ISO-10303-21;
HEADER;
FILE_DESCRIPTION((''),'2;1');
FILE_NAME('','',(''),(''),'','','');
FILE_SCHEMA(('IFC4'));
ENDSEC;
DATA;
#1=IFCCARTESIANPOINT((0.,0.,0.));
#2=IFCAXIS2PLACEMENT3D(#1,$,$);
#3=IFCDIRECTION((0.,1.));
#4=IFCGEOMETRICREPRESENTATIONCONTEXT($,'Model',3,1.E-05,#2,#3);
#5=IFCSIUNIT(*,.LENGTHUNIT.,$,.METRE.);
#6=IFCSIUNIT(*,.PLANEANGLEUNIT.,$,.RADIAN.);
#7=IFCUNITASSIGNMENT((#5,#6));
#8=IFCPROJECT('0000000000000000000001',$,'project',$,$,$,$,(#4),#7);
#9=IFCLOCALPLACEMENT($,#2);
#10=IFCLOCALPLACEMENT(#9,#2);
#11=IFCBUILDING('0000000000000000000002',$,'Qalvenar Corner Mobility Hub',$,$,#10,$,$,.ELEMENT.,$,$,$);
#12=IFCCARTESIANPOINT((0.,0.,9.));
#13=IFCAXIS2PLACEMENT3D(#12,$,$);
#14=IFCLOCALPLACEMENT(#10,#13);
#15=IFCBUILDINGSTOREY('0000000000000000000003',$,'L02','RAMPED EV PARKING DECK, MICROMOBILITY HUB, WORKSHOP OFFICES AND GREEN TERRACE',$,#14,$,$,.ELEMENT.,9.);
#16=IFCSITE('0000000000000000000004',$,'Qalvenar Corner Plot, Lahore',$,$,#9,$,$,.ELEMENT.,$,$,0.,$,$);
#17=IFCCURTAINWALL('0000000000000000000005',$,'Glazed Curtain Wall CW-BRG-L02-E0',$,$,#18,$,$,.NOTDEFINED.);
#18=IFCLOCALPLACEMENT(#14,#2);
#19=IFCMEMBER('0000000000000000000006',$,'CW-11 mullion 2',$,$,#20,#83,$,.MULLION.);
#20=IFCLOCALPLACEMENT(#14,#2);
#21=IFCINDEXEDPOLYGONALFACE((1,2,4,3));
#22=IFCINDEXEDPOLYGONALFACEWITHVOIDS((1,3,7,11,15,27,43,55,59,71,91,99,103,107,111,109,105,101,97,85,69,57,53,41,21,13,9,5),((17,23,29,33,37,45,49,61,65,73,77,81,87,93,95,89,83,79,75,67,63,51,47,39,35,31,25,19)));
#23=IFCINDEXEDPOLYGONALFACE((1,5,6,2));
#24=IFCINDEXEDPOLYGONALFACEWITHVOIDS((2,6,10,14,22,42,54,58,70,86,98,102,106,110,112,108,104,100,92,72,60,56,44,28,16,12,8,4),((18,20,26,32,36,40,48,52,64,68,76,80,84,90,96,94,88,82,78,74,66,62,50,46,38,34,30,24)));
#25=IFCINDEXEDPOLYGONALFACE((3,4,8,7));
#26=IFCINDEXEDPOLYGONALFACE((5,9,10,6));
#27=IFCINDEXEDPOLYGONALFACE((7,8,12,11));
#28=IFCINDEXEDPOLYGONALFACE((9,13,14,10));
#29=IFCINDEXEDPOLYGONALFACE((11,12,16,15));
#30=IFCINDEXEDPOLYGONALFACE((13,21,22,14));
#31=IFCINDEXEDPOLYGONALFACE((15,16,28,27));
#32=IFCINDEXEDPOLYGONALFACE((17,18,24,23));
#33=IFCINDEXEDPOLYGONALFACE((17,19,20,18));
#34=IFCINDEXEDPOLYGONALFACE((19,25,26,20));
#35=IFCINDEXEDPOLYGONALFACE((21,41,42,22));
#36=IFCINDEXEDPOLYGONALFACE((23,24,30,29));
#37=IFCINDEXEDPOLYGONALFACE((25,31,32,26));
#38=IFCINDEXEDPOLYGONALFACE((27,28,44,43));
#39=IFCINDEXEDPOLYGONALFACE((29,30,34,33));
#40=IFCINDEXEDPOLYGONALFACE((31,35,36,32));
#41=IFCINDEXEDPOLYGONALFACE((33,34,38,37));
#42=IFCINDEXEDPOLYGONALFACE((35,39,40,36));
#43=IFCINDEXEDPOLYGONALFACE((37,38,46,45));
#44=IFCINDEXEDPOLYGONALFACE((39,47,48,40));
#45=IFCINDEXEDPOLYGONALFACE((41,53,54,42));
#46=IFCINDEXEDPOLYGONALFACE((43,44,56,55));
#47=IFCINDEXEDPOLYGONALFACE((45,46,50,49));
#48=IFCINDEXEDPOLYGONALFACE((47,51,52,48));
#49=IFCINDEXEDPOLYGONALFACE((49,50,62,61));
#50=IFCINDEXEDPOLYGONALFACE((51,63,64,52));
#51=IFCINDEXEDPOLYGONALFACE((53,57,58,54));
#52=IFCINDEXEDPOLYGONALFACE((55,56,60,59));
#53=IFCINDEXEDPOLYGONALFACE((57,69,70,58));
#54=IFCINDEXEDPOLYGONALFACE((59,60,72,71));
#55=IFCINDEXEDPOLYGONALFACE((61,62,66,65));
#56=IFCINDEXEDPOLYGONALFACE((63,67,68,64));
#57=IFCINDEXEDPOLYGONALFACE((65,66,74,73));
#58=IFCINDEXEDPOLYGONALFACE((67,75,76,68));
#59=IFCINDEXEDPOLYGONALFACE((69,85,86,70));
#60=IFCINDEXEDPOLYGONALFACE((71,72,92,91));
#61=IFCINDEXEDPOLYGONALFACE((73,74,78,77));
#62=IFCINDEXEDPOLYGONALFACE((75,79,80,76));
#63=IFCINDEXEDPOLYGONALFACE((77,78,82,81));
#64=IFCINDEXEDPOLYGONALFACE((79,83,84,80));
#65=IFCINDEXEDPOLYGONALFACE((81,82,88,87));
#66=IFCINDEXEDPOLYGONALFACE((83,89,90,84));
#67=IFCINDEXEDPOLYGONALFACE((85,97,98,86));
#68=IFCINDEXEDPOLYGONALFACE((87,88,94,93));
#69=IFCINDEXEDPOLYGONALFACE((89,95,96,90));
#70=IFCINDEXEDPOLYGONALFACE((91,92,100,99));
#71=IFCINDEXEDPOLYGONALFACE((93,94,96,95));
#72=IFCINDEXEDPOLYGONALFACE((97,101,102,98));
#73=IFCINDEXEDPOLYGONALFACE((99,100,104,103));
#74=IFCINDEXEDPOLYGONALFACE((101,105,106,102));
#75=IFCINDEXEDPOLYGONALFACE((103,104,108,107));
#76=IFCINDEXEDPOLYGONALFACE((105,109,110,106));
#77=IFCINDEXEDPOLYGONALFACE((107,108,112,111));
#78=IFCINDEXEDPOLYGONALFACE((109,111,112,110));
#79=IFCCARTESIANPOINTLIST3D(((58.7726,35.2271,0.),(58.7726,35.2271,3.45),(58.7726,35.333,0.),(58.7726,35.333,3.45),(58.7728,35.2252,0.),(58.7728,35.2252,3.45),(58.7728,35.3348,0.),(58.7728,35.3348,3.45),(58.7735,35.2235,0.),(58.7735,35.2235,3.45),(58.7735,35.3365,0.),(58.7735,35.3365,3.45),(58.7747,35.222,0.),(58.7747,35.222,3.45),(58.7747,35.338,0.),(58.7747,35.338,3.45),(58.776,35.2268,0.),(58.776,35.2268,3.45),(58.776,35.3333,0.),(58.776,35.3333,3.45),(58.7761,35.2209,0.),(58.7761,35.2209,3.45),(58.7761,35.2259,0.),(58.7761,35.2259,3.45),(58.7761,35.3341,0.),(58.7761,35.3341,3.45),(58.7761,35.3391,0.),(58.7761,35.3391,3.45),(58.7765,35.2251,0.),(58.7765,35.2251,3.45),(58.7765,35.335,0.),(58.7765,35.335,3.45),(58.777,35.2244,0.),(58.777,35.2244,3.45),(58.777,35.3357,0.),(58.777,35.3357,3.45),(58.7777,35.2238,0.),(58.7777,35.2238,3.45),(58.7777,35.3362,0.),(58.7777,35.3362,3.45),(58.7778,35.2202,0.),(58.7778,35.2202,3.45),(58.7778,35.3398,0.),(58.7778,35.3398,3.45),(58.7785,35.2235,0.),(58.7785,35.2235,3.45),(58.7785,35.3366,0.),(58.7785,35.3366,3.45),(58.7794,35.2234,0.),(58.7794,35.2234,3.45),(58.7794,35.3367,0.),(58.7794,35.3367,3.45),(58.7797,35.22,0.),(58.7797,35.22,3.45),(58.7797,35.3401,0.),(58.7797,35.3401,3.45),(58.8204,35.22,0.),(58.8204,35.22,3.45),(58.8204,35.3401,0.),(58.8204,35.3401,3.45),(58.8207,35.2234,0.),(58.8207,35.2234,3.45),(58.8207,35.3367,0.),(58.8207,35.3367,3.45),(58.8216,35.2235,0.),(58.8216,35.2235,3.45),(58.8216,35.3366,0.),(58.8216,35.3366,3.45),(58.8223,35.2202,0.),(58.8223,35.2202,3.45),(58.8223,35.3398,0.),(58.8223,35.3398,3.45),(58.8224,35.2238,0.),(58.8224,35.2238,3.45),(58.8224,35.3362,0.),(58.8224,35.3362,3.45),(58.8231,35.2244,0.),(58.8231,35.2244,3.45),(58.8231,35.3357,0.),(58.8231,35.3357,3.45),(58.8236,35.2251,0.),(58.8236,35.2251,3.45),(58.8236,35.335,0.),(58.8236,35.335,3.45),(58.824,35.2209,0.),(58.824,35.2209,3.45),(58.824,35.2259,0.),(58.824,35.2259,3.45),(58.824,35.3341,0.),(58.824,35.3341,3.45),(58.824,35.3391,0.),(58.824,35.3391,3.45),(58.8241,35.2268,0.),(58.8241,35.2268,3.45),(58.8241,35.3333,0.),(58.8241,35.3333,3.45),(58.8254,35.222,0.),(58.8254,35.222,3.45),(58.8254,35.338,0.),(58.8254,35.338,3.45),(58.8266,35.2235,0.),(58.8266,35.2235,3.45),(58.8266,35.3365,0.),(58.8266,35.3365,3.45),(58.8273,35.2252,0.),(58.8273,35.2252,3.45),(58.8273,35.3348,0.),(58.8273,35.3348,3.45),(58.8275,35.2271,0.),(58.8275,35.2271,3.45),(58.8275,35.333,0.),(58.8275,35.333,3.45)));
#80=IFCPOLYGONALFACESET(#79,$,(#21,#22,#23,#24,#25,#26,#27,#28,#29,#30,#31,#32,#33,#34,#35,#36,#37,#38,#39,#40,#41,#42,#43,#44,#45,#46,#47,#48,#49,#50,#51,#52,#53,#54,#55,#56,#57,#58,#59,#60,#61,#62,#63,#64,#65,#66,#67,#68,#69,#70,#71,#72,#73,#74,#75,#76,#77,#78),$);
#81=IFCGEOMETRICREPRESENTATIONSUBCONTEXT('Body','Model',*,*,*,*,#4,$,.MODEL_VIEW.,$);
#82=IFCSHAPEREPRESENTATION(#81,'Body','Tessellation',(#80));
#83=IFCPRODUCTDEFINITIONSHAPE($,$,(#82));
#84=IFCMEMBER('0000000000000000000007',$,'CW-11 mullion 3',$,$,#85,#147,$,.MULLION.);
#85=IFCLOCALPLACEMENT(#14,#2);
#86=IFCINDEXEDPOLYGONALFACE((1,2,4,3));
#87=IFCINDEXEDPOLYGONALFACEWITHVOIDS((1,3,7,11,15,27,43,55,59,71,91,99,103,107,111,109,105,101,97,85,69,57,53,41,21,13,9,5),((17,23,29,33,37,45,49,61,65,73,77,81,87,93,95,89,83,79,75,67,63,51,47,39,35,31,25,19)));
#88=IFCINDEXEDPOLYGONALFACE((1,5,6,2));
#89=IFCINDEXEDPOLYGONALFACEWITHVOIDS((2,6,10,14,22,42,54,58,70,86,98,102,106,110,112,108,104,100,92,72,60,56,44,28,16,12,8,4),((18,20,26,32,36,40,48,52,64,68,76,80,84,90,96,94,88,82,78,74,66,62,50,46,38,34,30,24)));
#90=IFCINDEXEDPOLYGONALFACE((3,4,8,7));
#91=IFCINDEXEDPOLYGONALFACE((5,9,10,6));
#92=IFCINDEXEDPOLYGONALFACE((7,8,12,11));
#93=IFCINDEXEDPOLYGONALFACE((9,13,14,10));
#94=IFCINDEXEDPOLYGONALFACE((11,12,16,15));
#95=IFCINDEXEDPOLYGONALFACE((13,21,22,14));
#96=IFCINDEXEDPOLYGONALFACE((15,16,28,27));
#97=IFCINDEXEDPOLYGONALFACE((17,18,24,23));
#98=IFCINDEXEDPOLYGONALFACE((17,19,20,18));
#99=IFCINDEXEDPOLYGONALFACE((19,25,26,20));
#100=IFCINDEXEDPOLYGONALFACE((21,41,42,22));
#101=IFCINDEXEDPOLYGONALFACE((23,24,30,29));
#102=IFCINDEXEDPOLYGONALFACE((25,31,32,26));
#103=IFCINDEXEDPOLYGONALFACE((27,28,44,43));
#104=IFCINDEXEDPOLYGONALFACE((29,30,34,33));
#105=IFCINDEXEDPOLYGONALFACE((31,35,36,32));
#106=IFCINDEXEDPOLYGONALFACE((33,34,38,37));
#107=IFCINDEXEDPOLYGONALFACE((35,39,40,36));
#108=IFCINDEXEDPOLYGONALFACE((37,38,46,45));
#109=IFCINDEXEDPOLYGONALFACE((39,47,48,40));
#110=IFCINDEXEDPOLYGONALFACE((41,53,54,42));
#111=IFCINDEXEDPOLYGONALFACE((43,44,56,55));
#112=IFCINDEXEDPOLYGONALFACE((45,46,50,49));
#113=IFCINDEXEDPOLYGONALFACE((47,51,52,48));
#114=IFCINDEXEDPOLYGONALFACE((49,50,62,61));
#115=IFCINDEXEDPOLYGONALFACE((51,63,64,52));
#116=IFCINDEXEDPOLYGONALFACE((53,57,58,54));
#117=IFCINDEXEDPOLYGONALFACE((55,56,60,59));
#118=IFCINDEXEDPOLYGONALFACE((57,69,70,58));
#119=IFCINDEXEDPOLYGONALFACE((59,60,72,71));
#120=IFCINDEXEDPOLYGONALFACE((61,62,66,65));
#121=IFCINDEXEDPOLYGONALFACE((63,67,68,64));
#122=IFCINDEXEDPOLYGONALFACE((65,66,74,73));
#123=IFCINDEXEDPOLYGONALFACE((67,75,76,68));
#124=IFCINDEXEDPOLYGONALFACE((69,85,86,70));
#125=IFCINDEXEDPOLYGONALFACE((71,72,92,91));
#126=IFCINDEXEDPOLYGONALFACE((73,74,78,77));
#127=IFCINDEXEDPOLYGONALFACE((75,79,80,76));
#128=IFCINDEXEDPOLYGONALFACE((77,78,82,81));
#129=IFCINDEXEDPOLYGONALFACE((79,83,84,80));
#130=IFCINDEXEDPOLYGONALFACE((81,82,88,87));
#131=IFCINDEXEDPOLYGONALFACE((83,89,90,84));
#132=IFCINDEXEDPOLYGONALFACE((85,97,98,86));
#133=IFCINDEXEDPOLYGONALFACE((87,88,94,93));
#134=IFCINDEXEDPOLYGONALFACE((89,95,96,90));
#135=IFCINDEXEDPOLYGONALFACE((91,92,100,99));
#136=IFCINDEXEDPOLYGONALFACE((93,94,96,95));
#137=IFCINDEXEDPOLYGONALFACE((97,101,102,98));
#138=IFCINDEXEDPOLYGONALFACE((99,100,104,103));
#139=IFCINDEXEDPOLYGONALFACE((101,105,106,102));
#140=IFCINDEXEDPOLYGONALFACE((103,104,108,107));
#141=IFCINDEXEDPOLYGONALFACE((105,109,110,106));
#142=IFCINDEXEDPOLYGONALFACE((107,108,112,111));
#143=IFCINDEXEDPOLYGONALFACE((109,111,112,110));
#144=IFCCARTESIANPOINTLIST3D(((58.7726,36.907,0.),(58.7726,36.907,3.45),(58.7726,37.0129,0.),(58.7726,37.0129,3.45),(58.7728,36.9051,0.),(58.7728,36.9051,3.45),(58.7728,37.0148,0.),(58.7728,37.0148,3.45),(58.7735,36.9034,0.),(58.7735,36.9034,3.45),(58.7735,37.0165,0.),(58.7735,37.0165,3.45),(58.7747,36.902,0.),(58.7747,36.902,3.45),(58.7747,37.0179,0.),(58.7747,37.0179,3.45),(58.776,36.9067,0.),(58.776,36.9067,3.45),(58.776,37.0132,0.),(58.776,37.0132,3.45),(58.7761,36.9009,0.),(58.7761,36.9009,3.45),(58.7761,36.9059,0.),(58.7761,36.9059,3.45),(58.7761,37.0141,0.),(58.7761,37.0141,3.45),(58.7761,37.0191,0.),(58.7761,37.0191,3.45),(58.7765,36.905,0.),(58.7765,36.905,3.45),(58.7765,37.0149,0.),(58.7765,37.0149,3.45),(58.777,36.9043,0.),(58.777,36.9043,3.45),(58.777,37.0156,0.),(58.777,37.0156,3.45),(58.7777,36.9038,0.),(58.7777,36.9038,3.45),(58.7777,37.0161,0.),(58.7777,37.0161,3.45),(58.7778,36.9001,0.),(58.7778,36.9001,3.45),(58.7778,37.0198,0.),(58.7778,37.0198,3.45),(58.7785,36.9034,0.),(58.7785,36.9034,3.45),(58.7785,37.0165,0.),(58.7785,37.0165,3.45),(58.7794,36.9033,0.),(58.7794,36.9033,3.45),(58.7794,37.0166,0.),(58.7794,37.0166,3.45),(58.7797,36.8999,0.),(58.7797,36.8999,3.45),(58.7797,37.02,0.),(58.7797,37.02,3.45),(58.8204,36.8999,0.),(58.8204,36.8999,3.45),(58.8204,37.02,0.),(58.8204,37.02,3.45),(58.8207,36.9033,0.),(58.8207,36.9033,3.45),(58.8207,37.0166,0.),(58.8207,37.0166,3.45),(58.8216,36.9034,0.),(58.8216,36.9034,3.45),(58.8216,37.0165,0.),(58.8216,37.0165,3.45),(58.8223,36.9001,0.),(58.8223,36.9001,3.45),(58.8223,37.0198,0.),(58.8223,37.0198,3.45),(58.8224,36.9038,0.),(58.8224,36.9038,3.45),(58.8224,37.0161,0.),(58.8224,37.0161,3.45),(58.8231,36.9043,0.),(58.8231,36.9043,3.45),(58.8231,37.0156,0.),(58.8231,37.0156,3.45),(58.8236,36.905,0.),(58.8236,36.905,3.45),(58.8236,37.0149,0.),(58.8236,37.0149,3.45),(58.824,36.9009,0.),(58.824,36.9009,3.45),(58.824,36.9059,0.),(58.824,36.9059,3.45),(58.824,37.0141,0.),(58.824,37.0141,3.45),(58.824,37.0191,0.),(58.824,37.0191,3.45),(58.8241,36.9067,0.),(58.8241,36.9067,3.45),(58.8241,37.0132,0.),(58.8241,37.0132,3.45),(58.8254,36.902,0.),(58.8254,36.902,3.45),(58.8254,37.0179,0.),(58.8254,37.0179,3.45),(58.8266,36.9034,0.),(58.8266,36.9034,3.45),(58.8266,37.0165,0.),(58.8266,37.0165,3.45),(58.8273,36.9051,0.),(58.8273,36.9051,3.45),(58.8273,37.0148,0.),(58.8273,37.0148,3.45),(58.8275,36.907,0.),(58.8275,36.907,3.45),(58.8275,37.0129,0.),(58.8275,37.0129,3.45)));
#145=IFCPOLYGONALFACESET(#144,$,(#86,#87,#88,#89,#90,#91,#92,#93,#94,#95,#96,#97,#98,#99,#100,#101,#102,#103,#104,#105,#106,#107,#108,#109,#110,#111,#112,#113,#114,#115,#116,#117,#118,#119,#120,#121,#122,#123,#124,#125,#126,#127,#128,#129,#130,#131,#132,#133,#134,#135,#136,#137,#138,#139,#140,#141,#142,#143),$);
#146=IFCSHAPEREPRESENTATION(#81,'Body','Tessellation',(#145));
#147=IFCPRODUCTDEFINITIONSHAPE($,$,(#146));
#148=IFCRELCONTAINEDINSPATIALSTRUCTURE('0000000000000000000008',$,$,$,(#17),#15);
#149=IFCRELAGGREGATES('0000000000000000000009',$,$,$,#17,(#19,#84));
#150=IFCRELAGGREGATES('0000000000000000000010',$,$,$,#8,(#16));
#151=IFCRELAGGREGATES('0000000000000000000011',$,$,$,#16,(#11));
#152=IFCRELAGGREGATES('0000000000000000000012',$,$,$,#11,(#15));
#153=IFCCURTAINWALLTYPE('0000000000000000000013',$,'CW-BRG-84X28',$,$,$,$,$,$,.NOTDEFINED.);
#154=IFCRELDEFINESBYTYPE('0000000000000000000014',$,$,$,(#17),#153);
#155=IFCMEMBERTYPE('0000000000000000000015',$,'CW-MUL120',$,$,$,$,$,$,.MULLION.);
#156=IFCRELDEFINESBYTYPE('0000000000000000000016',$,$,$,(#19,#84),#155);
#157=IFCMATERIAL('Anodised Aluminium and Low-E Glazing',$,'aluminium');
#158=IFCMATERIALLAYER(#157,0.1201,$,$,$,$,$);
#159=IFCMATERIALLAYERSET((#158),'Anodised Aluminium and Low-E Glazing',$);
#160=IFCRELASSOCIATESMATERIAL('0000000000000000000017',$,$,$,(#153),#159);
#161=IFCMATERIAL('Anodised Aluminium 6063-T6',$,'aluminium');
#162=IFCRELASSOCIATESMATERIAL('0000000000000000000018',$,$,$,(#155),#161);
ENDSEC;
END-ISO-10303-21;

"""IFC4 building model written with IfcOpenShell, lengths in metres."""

from ifc_helpers import new_model, si_unit, direction, frame, origin, origin_2d, place, context, subcontext, project, spatial, hollow_rectangle, extrude, material, layer, layer_set, material_profile, profile_set, type_object, element, aggregate, save


model = new_model("IFC4")

# Units and contexts
model_context = context("Model", 3, precision=1e-05, world=origin(), true_north=direction((0.0, 1.0)))
body_context = subcontext(model_context, "Body", "Model", "MODEL_VIEW")
ifc_project = project(units=[si_unit("LENGTHUNIT", "METRE"), si_unit("PLANEANGLEUNIT", "RADIAN")], contexts=[model_context])

# Site, building, storey
site_placement = place(None, origin())
site = spatial("IfcSite", under=ifc_project, at=site_placement, Name="Qalvenar Corner Plot, Lahore", CompositionType="ELEMENT", RefElevation=0.0)
building_placement = place(site_placement, origin())
building = spatial("IfcBuilding", under=site, at=building_placement, Name="Qalvenar Corner Mobility Hub", CompositionType="ELEMENT")
storey_placement = place(building_placement, frame((0.0, 0.0, 9.0)))
storey = spatial("IfcBuildingStorey", under=building, at=storey_placement, Name="L02", Description="RAMPED EV PARKING DECK, MICROMOBILITY HUB, WORKSHOP OFFICES AND GREEN TERRACE", CompositionType="ELEMENT", Elevation=9.0)

# Curtain wall, members
ifc_material_1 = material(Name="Anodised Aluminium and Low-E Glazing", Category="aluminium")
ifc_layer_1 = layer(ifc_material_1, 0.1201)
ifc_layer_set_1 = layer_set([ifc_layer_1], Name="Anodised Aluminium and Low-E Glazing")
curtain_wall_type = type_object("IfcCurtainWallType", Name="CW-BRG-84X28", PredefinedType="NOTDEFINED", material=ifc_layer_set_1)
curtain_wall_placement = place(storey_placement, origin())
curtain_wall = element("IfcCurtainWall", 1, at=curtain_wall_placement, inside=storey, type_object=curtain_wall_type, Name="Glazed Curtain Wall CW-BRG-L02-E0", PredefinedType="NOTDEFINED")
ifc_material_2 = material(Name="Anodised Aluminium 6063-T6", Category="aluminium")
ifc_material_profile_1 = material_profile(ifc_material_2, hollow_rectangle(XDim=0.0549, YDim=0.1201, WallThickness=0.0034, InnerFilletRadius=0.0034, OuterFilletRadius=0.0071, at=origin_2d()), Name="RHS120x55x3.5")
ifc_profile_set_1 = profile_set([ifc_material_profile_1], Name="Anodised Aluminium 6063-T6")
member_type_1 = type_object("IfcMemberType", Name="CW-MUL120", PredefinedType="MULLION", material=ifc_profile_set_1)
member_1_placement = place(storey_placement, frame((58.8, 35.28, 0.0), z_axis=(0.0, 0.0, 1.0), x_axis=(-1.0, 0.0, 0.0)))
member_1 = element("IfcMember", 2, at=member_1_placement, type_object=member_type_1, Name="CW-11 mullion 2", PredefinedType="MULLION", context=body_context, shape_type="SweptSolid", body=[
    extrude(hollow_rectangle(XDim=0.0549, YDim=0.1201, WallThickness=0.0034, InnerFilletRadius=0.0034, OuterFilletRadius=0.0071, at=origin_2d()), origin(), (0.0, 0.0, 1.0), 3.45),
])
member_2_placement = place(storey_placement, frame((58.8, 36.96, 0.0), z_axis=(0.0, 0.0, 1.0), x_axis=(-1.0, 0.0, 0.0)))
member_2 = element("IfcMember", 3, at=member_2_placement, type_object=member_type_1, Name="CW-11 mullion 3", PredefinedType="MULLION", context=body_context, shape_type="SweptSolid", body=[
    extrude(hollow_rectangle(XDim=0.0549, YDim=0.1201, WallThickness=0.0034, InnerFilletRadius=0.0034, OuterFilletRadius=0.0071, at=origin_2d()), origin(), (0.0, 0.0, 1.0), 3.45),
])
aggregate(curtain_wall, [member_1, member_2])

save(model, "model.ifc")
